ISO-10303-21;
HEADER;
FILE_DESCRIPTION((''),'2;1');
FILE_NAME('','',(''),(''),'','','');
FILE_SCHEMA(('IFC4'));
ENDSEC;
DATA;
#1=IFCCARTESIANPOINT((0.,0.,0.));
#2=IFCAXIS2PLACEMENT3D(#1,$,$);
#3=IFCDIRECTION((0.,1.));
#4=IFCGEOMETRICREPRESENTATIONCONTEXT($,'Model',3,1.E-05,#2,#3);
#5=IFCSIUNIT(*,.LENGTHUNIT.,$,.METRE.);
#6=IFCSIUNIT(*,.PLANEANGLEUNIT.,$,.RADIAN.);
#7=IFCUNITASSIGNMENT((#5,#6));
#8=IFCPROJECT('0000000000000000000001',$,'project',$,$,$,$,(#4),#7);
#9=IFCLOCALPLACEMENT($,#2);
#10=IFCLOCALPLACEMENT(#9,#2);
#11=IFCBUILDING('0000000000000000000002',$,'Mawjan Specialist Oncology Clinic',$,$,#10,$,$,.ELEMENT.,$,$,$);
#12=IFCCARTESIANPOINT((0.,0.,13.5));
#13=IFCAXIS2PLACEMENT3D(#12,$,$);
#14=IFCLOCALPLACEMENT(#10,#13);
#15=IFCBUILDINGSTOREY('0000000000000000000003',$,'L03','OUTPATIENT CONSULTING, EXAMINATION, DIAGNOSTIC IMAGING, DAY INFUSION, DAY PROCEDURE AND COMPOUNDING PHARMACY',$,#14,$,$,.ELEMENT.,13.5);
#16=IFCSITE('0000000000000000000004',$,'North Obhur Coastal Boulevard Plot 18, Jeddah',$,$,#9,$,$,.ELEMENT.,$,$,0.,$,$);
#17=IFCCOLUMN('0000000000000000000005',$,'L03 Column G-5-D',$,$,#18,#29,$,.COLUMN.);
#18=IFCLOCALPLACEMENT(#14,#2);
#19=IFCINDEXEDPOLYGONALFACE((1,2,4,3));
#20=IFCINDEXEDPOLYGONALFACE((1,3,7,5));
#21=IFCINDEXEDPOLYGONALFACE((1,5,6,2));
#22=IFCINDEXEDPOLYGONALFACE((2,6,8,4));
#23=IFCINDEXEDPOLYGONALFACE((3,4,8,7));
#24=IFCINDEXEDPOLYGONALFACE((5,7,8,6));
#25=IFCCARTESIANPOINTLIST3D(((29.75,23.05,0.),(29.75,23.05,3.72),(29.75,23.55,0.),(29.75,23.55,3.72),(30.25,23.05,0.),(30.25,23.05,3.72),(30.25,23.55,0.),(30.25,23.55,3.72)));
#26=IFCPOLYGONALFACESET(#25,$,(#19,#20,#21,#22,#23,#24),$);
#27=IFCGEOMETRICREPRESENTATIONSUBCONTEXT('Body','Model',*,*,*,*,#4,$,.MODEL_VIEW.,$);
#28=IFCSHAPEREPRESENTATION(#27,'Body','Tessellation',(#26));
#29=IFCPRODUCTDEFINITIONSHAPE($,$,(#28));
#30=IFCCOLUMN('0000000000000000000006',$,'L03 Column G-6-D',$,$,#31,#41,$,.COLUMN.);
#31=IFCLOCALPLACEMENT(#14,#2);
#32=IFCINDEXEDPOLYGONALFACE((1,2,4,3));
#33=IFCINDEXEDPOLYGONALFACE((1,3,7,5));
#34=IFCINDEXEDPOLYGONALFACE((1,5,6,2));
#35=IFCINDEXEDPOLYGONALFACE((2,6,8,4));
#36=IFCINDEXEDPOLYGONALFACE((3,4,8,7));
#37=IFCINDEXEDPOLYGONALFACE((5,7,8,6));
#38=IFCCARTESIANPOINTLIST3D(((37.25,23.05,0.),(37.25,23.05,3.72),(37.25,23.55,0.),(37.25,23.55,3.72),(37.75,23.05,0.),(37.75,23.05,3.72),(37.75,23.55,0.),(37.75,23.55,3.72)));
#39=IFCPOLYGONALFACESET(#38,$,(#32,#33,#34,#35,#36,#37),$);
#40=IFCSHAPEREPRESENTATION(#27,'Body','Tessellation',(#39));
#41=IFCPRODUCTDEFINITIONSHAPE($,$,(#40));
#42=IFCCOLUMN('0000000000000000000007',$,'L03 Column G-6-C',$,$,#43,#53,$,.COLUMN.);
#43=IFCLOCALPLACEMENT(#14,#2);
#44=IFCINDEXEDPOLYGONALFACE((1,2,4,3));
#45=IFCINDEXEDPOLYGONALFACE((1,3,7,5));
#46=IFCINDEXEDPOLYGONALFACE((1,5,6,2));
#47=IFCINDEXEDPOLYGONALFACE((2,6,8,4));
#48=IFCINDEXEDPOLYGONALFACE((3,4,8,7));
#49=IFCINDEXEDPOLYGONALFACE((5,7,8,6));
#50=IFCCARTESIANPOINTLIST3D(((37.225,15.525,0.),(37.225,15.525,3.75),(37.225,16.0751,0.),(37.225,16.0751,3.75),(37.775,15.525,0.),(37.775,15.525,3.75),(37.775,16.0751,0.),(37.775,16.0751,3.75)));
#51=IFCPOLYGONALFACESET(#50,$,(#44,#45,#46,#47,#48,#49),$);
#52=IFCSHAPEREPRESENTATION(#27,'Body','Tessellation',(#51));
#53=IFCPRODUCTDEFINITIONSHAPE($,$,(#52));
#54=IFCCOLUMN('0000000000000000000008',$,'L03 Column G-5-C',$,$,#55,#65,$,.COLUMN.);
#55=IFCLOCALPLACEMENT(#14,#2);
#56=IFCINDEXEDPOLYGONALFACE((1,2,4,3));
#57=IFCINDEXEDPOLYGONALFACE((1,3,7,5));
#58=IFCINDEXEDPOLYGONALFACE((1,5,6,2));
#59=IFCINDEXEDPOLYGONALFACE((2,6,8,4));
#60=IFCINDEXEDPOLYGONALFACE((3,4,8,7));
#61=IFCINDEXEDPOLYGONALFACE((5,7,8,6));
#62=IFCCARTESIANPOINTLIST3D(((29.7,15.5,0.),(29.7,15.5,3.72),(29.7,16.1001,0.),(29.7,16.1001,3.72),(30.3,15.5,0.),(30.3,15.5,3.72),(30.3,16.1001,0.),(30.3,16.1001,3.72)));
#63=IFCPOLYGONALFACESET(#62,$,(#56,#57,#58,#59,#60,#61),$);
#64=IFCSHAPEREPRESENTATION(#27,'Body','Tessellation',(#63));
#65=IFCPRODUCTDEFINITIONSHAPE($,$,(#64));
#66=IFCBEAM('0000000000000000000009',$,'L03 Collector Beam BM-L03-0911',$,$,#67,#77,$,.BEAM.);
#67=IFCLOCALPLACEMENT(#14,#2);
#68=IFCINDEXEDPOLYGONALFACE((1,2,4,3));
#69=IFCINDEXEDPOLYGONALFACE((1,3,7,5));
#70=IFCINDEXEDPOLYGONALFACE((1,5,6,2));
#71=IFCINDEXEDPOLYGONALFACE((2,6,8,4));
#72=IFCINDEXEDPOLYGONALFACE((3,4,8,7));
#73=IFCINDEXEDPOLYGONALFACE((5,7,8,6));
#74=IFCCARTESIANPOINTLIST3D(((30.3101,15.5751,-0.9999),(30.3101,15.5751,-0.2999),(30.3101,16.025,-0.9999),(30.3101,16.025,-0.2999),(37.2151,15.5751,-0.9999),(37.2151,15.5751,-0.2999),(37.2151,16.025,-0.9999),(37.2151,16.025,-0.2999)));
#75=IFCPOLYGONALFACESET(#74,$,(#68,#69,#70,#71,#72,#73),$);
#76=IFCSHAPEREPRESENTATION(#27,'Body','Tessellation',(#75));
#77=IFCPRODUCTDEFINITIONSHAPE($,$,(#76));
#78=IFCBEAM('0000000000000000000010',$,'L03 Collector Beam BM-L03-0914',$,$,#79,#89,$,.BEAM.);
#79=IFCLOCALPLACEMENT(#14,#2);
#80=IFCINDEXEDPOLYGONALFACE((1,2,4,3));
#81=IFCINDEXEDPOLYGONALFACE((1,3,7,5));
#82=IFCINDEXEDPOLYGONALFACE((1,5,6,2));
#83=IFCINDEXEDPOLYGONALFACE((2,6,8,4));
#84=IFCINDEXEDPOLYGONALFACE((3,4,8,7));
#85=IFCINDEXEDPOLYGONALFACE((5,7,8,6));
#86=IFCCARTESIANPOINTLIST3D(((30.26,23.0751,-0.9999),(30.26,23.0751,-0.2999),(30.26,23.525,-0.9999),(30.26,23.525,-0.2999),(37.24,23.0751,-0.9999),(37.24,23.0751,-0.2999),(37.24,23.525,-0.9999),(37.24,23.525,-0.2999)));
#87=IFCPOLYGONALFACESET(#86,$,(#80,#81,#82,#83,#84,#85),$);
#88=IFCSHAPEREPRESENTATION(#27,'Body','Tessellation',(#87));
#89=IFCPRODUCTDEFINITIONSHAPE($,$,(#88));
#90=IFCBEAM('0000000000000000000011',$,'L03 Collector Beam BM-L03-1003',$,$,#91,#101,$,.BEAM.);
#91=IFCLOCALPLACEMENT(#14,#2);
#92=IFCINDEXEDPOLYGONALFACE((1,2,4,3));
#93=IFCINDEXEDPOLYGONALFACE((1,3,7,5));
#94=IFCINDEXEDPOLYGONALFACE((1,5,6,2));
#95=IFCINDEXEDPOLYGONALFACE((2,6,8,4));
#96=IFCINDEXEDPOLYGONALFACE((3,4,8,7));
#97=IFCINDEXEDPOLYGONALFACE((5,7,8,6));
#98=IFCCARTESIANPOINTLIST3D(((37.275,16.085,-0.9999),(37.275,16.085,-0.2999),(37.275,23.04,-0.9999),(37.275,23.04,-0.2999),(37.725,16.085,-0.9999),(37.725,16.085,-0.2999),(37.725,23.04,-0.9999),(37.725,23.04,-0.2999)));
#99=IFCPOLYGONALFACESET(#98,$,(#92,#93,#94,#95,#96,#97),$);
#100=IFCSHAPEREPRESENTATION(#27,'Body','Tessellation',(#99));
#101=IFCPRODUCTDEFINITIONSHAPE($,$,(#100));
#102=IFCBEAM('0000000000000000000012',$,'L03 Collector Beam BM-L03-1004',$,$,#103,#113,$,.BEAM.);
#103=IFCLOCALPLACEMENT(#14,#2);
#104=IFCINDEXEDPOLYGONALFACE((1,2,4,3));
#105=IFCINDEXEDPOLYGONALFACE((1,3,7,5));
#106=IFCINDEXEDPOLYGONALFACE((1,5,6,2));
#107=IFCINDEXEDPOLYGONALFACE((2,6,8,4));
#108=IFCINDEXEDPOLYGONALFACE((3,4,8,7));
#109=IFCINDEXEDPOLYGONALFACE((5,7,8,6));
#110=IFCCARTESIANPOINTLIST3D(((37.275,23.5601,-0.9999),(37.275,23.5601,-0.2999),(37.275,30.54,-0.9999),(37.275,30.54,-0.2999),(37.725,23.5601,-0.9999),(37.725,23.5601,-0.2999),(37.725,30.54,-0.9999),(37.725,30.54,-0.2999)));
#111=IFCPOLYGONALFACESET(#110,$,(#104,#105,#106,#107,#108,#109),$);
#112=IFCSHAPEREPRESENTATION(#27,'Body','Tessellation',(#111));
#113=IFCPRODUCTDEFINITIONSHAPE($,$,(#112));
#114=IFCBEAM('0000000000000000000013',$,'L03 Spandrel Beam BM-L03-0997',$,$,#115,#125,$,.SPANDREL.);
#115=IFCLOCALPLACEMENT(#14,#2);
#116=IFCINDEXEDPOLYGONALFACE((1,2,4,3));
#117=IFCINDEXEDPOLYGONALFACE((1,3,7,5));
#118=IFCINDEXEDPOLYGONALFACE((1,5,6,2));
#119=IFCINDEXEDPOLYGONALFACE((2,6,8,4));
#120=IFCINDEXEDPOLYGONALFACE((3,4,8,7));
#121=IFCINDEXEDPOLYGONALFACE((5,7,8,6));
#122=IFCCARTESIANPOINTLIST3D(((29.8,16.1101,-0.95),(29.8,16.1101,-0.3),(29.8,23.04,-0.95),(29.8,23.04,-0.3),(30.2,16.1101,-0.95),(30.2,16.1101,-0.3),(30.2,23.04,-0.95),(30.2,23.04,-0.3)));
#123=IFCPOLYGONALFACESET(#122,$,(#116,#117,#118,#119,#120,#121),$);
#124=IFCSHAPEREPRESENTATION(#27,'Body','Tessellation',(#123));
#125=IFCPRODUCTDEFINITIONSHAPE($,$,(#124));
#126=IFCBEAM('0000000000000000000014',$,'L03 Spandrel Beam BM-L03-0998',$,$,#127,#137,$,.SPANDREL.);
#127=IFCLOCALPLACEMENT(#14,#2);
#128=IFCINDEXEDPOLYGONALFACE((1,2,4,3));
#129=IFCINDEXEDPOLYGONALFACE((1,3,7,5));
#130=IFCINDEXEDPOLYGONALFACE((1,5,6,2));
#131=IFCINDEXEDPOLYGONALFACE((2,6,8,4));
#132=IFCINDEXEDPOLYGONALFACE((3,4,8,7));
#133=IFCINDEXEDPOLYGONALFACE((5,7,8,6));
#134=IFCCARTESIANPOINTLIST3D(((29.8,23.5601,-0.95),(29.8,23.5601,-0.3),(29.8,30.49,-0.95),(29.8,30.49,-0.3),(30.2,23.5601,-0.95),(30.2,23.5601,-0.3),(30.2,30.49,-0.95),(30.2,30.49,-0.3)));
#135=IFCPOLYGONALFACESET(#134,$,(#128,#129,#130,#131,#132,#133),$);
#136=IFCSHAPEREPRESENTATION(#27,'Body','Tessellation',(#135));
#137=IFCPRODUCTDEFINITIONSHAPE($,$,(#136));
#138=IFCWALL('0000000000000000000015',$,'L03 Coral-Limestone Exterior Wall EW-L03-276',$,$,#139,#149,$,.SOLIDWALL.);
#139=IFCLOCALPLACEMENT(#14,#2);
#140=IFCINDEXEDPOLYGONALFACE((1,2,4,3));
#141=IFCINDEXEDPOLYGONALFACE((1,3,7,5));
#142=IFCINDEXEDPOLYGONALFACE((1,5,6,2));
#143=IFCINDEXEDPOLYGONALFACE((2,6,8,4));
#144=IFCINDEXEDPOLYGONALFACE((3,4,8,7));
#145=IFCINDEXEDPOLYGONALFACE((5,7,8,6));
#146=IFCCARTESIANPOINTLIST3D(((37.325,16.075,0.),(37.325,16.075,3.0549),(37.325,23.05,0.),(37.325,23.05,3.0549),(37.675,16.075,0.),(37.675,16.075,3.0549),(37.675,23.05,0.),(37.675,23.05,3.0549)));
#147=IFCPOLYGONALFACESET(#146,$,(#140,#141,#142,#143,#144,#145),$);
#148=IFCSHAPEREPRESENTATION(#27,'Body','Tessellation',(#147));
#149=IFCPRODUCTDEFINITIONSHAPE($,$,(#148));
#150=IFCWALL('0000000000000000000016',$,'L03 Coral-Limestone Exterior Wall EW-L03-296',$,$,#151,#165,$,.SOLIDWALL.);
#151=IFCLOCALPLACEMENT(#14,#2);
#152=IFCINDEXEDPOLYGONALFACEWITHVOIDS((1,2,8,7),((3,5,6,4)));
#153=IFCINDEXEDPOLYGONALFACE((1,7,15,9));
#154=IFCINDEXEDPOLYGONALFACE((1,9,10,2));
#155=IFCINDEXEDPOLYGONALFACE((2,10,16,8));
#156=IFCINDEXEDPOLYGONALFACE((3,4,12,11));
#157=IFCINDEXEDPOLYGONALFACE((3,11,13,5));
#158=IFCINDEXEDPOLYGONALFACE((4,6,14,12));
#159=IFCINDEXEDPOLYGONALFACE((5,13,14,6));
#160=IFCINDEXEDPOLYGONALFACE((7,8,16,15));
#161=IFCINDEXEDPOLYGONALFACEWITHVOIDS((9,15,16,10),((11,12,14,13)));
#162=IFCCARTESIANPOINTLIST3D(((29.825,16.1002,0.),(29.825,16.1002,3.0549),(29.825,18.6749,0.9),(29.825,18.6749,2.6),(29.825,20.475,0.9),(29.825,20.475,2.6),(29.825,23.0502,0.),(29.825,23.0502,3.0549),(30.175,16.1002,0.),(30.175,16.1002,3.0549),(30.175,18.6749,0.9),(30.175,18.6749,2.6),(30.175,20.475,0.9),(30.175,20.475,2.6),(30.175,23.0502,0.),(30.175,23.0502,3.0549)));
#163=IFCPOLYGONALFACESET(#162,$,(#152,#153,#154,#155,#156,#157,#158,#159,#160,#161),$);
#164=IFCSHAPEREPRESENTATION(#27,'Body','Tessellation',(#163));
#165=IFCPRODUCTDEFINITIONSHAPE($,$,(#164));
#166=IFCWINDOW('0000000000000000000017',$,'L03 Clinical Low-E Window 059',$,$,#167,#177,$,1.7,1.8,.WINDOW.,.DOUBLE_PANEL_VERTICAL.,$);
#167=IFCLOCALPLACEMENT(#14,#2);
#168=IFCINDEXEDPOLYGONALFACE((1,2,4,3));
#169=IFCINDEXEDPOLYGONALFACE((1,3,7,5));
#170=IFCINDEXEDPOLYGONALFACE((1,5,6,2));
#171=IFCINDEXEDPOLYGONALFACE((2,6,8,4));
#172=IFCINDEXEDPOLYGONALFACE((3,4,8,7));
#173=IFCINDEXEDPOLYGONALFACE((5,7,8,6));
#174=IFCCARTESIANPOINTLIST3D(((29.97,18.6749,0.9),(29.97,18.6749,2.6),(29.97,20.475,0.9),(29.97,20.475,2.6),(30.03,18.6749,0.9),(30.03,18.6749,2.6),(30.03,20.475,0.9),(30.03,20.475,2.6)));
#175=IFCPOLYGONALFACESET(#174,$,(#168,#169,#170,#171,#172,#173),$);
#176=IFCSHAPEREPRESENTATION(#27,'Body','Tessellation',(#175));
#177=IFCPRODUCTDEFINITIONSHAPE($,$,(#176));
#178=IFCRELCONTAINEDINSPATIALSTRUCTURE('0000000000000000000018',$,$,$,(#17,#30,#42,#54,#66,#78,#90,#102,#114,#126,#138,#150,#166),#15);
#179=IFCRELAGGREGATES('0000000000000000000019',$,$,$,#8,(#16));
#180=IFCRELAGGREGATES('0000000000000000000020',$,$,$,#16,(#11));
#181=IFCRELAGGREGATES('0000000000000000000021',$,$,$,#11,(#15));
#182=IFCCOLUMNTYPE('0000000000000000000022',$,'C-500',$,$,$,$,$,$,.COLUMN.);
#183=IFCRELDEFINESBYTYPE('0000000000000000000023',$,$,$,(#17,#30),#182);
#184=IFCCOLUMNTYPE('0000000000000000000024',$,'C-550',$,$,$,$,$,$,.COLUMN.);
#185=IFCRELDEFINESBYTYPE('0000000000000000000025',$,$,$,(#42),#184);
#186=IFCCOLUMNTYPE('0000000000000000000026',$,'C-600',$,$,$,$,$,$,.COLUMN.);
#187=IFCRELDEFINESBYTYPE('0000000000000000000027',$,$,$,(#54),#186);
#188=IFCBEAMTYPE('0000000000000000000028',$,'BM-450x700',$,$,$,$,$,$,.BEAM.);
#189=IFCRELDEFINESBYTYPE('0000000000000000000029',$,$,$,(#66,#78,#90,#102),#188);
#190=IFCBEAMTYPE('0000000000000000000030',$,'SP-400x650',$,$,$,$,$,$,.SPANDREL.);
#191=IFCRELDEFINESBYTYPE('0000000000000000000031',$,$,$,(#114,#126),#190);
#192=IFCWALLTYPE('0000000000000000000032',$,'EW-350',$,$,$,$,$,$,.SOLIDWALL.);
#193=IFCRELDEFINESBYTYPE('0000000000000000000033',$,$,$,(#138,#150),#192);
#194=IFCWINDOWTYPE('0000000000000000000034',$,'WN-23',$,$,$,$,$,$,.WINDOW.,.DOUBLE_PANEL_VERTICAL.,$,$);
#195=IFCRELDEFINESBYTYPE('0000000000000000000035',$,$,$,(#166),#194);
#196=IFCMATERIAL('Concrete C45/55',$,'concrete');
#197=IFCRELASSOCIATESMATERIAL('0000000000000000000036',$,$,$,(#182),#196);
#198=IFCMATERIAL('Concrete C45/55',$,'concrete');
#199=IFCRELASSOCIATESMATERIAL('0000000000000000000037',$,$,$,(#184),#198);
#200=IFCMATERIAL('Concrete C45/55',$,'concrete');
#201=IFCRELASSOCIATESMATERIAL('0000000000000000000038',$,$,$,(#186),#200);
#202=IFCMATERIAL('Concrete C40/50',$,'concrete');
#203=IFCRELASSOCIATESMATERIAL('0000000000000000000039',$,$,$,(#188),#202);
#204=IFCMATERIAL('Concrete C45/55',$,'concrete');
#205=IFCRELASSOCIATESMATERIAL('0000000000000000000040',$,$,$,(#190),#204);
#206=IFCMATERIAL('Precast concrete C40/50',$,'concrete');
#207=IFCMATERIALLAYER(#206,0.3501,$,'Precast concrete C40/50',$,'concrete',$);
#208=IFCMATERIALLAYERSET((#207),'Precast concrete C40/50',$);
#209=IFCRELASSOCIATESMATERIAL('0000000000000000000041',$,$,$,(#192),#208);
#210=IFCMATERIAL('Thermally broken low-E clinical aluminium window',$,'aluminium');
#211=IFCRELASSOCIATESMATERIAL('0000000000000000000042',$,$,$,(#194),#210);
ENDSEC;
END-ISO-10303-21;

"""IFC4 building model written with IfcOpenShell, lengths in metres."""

from ifc_helpers import new_model, si_unit, direction, frame, frame_2d, origin, origin_2d, place, context, subcontext, project, spatial, rectangle, extrude, material, layer, layer_set, material_profile, profile_set, type_object, element, fill, save


model = new_model("IFC4")

# Units and contexts
model_context = context("Model", 3, precision=1e-05, world=origin(), true_north=direction((0.0, 1.0)))
body_context = subcontext(model_context, "Body", "Model", "MODEL_VIEW")
ifc_project = project(units=[si_unit("LENGTHUNIT", "METRE"), si_unit("PLANEANGLEUNIT", "RADIAN")], contexts=[model_context])

# Site, building, storey
site_placement = place(None, origin())
site = spatial("IfcSite", under=ifc_project, at=site_placement, Name="North Obhur Coastal Boulevard Plot 18, Jeddah", CompositionType="ELEMENT", RefElevation=0.0)
building_placement = place(site_placement, origin())
building = spatial("IfcBuilding", under=site, at=building_placement, Name="Mawjan Specialist Oncology Clinic", CompositionType="ELEMENT")
storey_placement = place(building_placement, frame((0.0, 0.0, 13.5)))
storey = spatial("IfcBuildingStorey", under=building, at=storey_placement, Name="L03", Description="OUTPATIENT CONSULTING, EXAMINATION, DIAGNOSTIC IMAGING, DAY INFUSION, DAY PROCEDURE AND COMPOUNDING PHARMACY", CompositionType="ELEMENT", Elevation=13.5)

# Columns
ifc_material_1 = material(Name="Concrete C45/55", Category="concrete")
ifc_material_profile_1 = material_profile(ifc_material_1, rectangle(XDim=0.5, YDim=0.5, at=origin_2d()), Name="RC COL 500x500", Category="concrete")
ifc_profile_set_1 = profile_set([ifc_material_profile_1], Name="Concrete C45/55")
column_type_1 = type_object("IfcColumnType", Name="C-500", PredefinedType="COLUMN", material=ifc_profile_set_1)
for number, where, z_axis, x_axis, name in (
    (1, (30.0, 23.3, 0.0), (0.0, 0.0, 1.0), (1.0, 0.0, 0.0), "L03 Column G-5-D"),
    (2, (37.5, 23.3, 0.0), (0.0, 0.0, 1.0), (1.0, 0.0, 0.0), "L03 Column G-6-D"),
):
    element("IfcColumn", number, at=place(storey_placement, frame(where, z_axis=z_axis, x_axis=x_axis)), inside=storey, type_object=column_type_1, Name=name, PredefinedType="COLUMN", context=body_context, shape_type="SweptSolid", body=[
        extrude(rectangle(XDim=0.5, YDim=0.5, at=origin_2d()), origin(), (0.0, 0.0, 1.0), 3.72),
    ])
ifc_material_2 = material(Name="Concrete C45/55", Category="concrete")
ifc_material_profile_2 = material_profile(ifc_material_2, rectangle(XDim=0.55, YDim=0.55, at=origin_2d()), Name="RC COL 550x550", Category="concrete")
ifc_profile_set_2 = profile_set([ifc_material_profile_2], Name="Concrete C45/55")
column_type_2 = type_object("IfcColumnType", Name="C-550", PredefinedType="COLUMN", material=ifc_profile_set_2)
column_1_placement = place(storey_placement, frame((37.5, 15.8, 0.0), z_axis=(0.0, 0.0, 1.0), x_axis=(1.0, 0.0, 0.0)))
element("IfcColumn", 3, at=column_1_placement, inside=storey, type_object=column_type_2, Name="L03 Column G-6-C", PredefinedType="COLUMN", context=body_context, shape_type="SweptSolid", body=[
    extrude(rectangle(XDim=0.55, YDim=0.55, at=origin_2d()), origin(), (0.0, 0.0, 1.0), 3.75),
])
ifc_material_3 = material(Name="Concrete C45/55", Category="concrete")
ifc_material_profile_3 = material_profile(ifc_material_3, rectangle(XDim=0.6001, YDim=0.6001, at=origin_2d()), Name="RC COL 600x600", Category="concrete")
ifc_profile_set_3 = profile_set([ifc_material_profile_3], Name="Concrete C45/55")
column_type_3 = type_object("IfcColumnType", Name="C-600", PredefinedType="COLUMN", material=ifc_profile_set_3)
column_2_placement = place(storey_placement, frame((30.0, 15.8, 0.0), z_axis=(0.0, 0.0, 1.0), x_axis=(1.0, 0.0, 0.0)))
element("IfcColumn", 4, at=column_2_placement, inside=storey, type_object=column_type_3, Name="L03 Column G-5-C", PredefinedType="COLUMN", context=body_context, shape_type="SweptSolid", body=[
    extrude(rectangle(XDim=0.6001, YDim=0.6001, at=origin_2d()), origin(), (0.0, 0.0, 1.0), 3.72),
])

# Beams
ifc_material_4 = material(Name="Concrete C40/50", Category="concrete")
ifc_material_profile_4 = material_profile(ifc_material_4, rectangle(XDim=0.45, YDim=0.7, at=origin_2d()), Name="RC BM 450x700", Category="concrete")
ifc_profile_set_4 = profile_set([ifc_material_profile_4], Name="Concrete C40/50")
beam_type_1 = type_object("IfcBeamType", Name="BM-450x700", PredefinedType="BEAM", material=ifc_profile_set_4)
beam_1_placement = place(storey_placement, frame((30.3101, 15.8, -0.6499), z_axis=(1.0, 0.0, 0.0), x_axis=(0.0, 1.0, 0.0)))
element("IfcBeam", 5, at=beam_1_placement, inside=storey, type_object=beam_type_1, Name="L03 Collector Beam BM-L03-0911", PredefinedType="BEAM", context=body_context, shape_type="SweptSolid", body=[
    extrude(rectangle(XDim=0.45, YDim=0.7, at=origin_2d()), origin(), (0.0, 0.0, 1.0), 6.905),
])
beam_2_placement = place(storey_placement, frame((30.26, 23.3, -0.6499), z_axis=(1.0, 0.0, 0.0), x_axis=(0.0, 1.0, 0.0)))
element("IfcBeam", 6, at=beam_2_placement, inside=storey, type_object=beam_type_1, Name="L03 Collector Beam BM-L03-0914", PredefinedType="BEAM", context=body_context, shape_type="SweptSolid", body=[
    extrude(rectangle(XDim=0.45, YDim=0.7, at=origin_2d()), origin(), (0.0, 0.0, 1.0), 6.98),
])
beam_3_placement = place(storey_placement, frame((37.5, 16.085, -0.6499), z_axis=(0.0, 1.0, 0.0), x_axis=(-1.0, 0.0, 0.0)))
element("IfcBeam", 7, at=beam_3_placement, inside=storey, type_object=beam_type_1, Name="L03 Collector Beam BM-L03-1003", PredefinedType="BEAM", context=body_context, shape_type="SweptSolid", body=[
    extrude(rectangle(XDim=0.45, YDim=0.7, at=origin_2d()), origin(), (0.0, 0.0, 1.0), 6.9551),
])
beam_4_placement = place(storey_placement, frame((37.5, 23.5601, -0.6499), z_axis=(0.0, 1.0, 0.0), x_axis=(-1.0, 0.0, 0.0)))
element("IfcBeam", 8, at=beam_4_placement, inside=storey, type_object=beam_type_1, Name="L03 Collector Beam BM-L03-1004", PredefinedType="BEAM", context=body_context, shape_type="SweptSolid", body=[
    extrude(rectangle(XDim=0.45, YDim=0.7, at=origin_2d()), origin(), (0.0, 0.0, 1.0), 6.98),
])
ifc_material_5 = material(Name="Concrete C45/55", Category="concrete")
ifc_material_profile_5 = material_profile(ifc_material_5, rectangle(XDim=0.3999, YDim=0.6499, at=origin_2d()), Name="RC BM 400x650", Category="concrete")
ifc_profile_set_5 = profile_set([ifc_material_profile_5], Name="Concrete C45/55")
beam_type_2 = type_object("IfcBeamType", Name="SP-400x650", PredefinedType="SPANDREL", material=ifc_profile_set_5)
for number, where, z_axis, x_axis, name in (
    (9, (30.0, 16.1101, -0.625), (0.0, 1.0, 0.0), (-1.0, 0.0, 0.0), "L03 Spandrel Beam BM-L03-0997"),
    (10, (30.0, 23.5601, -0.625), (0.0, 1.0, 0.0), (-1.0, 0.0, 0.0), "L03 Spandrel Beam BM-L03-0998"),
):
    element("IfcBeam", number, at=place(storey_placement, frame(where, z_axis=z_axis, x_axis=x_axis)), inside=storey, type_object=beam_type_2, Name=name, PredefinedType="SPANDREL", context=body_context, shape_type="SweptSolid", body=[
        extrude(rectangle(XDim=0.3999, YDim=0.6499, at=origin_2d()), origin(), (0.0, 0.0, 1.0), 6.9299),
    ])

# Wall
ifc_material_6 = material(Name="Precast concrete C40/50", Category="concrete")
ifc_layer_1 = layer(ifc_material_6, 0.3501, Name="Precast concrete C40/50", Category="concrete")
ifc_layer_set_1 = layer_set([ifc_layer_1], Name="Precast concrete C40/50")
wall_type_1 = type_object("IfcWallType", Name="EW-350", PredefinedType="SOLIDWALL", material=ifc_layer_set_1)
wall_1_placement = place(storey_placement, frame((37.5, 23.05, 0.0), z_axis=(0.0, 0.0, 1.0), x_axis=(0.0, -1.0, 0.0)))
element("IfcWall", 11, at=wall_1_placement, inside=storey, type_object=wall_type_1, Name="L03 Coral-Limestone Exterior Wall EW-L03-276", PredefinedType="SOLIDWALL", context=body_context, shape_type="SweptSolid", body=[
    extrude(rectangle(XDim=6.9751, YDim=0.3501, at=frame_2d((3.4875, 0.0))), origin(), (0.0, 0.0, 1.0), 3.0549),
])

# Wall, opening, window
wall_2_placement = place(storey_placement, frame((30.0, 16.1001, 0.0), z_axis=(0.0, 0.0, 1.0), x_axis=(0.0, 1.0, 0.0)))
wall_2 = element("IfcWall", 12, at=wall_2_placement, inside=storey, type_object=wall_type_1, Name="L03 Coral-Limestone Exterior Wall EW-L03-296", PredefinedType="SOLIDWALL", context=body_context, shape_type="SweptSolid", body=[
    extrude(rectangle(XDim=6.95, YDim=0.3501, at=frame_2d((3.4751, 0.0))), origin(), (0.0, 0.0, 1.0), 3.0549),
])
opening_1_placement = place(wall_2_placement, frame((2.575, 0.0, 0.8999)))
opening_1 = element("IfcOpeningElement", 13, at=opening_1_placement, cuts=wall_2, PredefinedType="OPENING", context=body_context, shape_type="SweptSolid", body=[
    extrude(rectangle(XDim=1.8, YDim=1.7, at=frame_2d((0.8999, 0.8501))), frame((0.0, 0.187, 0.0), z_axis=(0.0, -1.0, 0.0), x_axis=(1.0, 0.0, 0.0)), (0.0, 0.0, 1.0), 0.374),
])
ifc_material_7 = material(Name="Thermally broken low-E clinical aluminium window", Category="aluminium")
window_type = type_object("IfcWindowType", Name="WN-23", PartitioningType="DOUBLE_PANEL_VERTICAL", PredefinedType="WINDOW", material=ifc_material_7)
window_placement = place(opening_1_placement, origin())
window = element("IfcWindow", 14, at=window_placement, inside=storey, type_object=window_type, Name="L03 Clinical Low-E Window 059", OverallHeight=1.7, OverallWidth=1.8, PartitioningType="DOUBLE_PANEL_VERTICAL", PredefinedType="WINDOW", context=body_context, shape_type="SweptSolid", body=[
    extrude(rectangle(XDim=1.8, YDim=1.7, at=frame_2d((0.8999, 0.8501))), frame((0.0, 0.03, 0.0), z_axis=(0.0, -1.0, 0.0), x_axis=(1.0, 0.0, 0.0)), (0.0, 0.0, 1.0), 0.0601),
])
fill(opening_1, window)

save(model, "model.ifc")
